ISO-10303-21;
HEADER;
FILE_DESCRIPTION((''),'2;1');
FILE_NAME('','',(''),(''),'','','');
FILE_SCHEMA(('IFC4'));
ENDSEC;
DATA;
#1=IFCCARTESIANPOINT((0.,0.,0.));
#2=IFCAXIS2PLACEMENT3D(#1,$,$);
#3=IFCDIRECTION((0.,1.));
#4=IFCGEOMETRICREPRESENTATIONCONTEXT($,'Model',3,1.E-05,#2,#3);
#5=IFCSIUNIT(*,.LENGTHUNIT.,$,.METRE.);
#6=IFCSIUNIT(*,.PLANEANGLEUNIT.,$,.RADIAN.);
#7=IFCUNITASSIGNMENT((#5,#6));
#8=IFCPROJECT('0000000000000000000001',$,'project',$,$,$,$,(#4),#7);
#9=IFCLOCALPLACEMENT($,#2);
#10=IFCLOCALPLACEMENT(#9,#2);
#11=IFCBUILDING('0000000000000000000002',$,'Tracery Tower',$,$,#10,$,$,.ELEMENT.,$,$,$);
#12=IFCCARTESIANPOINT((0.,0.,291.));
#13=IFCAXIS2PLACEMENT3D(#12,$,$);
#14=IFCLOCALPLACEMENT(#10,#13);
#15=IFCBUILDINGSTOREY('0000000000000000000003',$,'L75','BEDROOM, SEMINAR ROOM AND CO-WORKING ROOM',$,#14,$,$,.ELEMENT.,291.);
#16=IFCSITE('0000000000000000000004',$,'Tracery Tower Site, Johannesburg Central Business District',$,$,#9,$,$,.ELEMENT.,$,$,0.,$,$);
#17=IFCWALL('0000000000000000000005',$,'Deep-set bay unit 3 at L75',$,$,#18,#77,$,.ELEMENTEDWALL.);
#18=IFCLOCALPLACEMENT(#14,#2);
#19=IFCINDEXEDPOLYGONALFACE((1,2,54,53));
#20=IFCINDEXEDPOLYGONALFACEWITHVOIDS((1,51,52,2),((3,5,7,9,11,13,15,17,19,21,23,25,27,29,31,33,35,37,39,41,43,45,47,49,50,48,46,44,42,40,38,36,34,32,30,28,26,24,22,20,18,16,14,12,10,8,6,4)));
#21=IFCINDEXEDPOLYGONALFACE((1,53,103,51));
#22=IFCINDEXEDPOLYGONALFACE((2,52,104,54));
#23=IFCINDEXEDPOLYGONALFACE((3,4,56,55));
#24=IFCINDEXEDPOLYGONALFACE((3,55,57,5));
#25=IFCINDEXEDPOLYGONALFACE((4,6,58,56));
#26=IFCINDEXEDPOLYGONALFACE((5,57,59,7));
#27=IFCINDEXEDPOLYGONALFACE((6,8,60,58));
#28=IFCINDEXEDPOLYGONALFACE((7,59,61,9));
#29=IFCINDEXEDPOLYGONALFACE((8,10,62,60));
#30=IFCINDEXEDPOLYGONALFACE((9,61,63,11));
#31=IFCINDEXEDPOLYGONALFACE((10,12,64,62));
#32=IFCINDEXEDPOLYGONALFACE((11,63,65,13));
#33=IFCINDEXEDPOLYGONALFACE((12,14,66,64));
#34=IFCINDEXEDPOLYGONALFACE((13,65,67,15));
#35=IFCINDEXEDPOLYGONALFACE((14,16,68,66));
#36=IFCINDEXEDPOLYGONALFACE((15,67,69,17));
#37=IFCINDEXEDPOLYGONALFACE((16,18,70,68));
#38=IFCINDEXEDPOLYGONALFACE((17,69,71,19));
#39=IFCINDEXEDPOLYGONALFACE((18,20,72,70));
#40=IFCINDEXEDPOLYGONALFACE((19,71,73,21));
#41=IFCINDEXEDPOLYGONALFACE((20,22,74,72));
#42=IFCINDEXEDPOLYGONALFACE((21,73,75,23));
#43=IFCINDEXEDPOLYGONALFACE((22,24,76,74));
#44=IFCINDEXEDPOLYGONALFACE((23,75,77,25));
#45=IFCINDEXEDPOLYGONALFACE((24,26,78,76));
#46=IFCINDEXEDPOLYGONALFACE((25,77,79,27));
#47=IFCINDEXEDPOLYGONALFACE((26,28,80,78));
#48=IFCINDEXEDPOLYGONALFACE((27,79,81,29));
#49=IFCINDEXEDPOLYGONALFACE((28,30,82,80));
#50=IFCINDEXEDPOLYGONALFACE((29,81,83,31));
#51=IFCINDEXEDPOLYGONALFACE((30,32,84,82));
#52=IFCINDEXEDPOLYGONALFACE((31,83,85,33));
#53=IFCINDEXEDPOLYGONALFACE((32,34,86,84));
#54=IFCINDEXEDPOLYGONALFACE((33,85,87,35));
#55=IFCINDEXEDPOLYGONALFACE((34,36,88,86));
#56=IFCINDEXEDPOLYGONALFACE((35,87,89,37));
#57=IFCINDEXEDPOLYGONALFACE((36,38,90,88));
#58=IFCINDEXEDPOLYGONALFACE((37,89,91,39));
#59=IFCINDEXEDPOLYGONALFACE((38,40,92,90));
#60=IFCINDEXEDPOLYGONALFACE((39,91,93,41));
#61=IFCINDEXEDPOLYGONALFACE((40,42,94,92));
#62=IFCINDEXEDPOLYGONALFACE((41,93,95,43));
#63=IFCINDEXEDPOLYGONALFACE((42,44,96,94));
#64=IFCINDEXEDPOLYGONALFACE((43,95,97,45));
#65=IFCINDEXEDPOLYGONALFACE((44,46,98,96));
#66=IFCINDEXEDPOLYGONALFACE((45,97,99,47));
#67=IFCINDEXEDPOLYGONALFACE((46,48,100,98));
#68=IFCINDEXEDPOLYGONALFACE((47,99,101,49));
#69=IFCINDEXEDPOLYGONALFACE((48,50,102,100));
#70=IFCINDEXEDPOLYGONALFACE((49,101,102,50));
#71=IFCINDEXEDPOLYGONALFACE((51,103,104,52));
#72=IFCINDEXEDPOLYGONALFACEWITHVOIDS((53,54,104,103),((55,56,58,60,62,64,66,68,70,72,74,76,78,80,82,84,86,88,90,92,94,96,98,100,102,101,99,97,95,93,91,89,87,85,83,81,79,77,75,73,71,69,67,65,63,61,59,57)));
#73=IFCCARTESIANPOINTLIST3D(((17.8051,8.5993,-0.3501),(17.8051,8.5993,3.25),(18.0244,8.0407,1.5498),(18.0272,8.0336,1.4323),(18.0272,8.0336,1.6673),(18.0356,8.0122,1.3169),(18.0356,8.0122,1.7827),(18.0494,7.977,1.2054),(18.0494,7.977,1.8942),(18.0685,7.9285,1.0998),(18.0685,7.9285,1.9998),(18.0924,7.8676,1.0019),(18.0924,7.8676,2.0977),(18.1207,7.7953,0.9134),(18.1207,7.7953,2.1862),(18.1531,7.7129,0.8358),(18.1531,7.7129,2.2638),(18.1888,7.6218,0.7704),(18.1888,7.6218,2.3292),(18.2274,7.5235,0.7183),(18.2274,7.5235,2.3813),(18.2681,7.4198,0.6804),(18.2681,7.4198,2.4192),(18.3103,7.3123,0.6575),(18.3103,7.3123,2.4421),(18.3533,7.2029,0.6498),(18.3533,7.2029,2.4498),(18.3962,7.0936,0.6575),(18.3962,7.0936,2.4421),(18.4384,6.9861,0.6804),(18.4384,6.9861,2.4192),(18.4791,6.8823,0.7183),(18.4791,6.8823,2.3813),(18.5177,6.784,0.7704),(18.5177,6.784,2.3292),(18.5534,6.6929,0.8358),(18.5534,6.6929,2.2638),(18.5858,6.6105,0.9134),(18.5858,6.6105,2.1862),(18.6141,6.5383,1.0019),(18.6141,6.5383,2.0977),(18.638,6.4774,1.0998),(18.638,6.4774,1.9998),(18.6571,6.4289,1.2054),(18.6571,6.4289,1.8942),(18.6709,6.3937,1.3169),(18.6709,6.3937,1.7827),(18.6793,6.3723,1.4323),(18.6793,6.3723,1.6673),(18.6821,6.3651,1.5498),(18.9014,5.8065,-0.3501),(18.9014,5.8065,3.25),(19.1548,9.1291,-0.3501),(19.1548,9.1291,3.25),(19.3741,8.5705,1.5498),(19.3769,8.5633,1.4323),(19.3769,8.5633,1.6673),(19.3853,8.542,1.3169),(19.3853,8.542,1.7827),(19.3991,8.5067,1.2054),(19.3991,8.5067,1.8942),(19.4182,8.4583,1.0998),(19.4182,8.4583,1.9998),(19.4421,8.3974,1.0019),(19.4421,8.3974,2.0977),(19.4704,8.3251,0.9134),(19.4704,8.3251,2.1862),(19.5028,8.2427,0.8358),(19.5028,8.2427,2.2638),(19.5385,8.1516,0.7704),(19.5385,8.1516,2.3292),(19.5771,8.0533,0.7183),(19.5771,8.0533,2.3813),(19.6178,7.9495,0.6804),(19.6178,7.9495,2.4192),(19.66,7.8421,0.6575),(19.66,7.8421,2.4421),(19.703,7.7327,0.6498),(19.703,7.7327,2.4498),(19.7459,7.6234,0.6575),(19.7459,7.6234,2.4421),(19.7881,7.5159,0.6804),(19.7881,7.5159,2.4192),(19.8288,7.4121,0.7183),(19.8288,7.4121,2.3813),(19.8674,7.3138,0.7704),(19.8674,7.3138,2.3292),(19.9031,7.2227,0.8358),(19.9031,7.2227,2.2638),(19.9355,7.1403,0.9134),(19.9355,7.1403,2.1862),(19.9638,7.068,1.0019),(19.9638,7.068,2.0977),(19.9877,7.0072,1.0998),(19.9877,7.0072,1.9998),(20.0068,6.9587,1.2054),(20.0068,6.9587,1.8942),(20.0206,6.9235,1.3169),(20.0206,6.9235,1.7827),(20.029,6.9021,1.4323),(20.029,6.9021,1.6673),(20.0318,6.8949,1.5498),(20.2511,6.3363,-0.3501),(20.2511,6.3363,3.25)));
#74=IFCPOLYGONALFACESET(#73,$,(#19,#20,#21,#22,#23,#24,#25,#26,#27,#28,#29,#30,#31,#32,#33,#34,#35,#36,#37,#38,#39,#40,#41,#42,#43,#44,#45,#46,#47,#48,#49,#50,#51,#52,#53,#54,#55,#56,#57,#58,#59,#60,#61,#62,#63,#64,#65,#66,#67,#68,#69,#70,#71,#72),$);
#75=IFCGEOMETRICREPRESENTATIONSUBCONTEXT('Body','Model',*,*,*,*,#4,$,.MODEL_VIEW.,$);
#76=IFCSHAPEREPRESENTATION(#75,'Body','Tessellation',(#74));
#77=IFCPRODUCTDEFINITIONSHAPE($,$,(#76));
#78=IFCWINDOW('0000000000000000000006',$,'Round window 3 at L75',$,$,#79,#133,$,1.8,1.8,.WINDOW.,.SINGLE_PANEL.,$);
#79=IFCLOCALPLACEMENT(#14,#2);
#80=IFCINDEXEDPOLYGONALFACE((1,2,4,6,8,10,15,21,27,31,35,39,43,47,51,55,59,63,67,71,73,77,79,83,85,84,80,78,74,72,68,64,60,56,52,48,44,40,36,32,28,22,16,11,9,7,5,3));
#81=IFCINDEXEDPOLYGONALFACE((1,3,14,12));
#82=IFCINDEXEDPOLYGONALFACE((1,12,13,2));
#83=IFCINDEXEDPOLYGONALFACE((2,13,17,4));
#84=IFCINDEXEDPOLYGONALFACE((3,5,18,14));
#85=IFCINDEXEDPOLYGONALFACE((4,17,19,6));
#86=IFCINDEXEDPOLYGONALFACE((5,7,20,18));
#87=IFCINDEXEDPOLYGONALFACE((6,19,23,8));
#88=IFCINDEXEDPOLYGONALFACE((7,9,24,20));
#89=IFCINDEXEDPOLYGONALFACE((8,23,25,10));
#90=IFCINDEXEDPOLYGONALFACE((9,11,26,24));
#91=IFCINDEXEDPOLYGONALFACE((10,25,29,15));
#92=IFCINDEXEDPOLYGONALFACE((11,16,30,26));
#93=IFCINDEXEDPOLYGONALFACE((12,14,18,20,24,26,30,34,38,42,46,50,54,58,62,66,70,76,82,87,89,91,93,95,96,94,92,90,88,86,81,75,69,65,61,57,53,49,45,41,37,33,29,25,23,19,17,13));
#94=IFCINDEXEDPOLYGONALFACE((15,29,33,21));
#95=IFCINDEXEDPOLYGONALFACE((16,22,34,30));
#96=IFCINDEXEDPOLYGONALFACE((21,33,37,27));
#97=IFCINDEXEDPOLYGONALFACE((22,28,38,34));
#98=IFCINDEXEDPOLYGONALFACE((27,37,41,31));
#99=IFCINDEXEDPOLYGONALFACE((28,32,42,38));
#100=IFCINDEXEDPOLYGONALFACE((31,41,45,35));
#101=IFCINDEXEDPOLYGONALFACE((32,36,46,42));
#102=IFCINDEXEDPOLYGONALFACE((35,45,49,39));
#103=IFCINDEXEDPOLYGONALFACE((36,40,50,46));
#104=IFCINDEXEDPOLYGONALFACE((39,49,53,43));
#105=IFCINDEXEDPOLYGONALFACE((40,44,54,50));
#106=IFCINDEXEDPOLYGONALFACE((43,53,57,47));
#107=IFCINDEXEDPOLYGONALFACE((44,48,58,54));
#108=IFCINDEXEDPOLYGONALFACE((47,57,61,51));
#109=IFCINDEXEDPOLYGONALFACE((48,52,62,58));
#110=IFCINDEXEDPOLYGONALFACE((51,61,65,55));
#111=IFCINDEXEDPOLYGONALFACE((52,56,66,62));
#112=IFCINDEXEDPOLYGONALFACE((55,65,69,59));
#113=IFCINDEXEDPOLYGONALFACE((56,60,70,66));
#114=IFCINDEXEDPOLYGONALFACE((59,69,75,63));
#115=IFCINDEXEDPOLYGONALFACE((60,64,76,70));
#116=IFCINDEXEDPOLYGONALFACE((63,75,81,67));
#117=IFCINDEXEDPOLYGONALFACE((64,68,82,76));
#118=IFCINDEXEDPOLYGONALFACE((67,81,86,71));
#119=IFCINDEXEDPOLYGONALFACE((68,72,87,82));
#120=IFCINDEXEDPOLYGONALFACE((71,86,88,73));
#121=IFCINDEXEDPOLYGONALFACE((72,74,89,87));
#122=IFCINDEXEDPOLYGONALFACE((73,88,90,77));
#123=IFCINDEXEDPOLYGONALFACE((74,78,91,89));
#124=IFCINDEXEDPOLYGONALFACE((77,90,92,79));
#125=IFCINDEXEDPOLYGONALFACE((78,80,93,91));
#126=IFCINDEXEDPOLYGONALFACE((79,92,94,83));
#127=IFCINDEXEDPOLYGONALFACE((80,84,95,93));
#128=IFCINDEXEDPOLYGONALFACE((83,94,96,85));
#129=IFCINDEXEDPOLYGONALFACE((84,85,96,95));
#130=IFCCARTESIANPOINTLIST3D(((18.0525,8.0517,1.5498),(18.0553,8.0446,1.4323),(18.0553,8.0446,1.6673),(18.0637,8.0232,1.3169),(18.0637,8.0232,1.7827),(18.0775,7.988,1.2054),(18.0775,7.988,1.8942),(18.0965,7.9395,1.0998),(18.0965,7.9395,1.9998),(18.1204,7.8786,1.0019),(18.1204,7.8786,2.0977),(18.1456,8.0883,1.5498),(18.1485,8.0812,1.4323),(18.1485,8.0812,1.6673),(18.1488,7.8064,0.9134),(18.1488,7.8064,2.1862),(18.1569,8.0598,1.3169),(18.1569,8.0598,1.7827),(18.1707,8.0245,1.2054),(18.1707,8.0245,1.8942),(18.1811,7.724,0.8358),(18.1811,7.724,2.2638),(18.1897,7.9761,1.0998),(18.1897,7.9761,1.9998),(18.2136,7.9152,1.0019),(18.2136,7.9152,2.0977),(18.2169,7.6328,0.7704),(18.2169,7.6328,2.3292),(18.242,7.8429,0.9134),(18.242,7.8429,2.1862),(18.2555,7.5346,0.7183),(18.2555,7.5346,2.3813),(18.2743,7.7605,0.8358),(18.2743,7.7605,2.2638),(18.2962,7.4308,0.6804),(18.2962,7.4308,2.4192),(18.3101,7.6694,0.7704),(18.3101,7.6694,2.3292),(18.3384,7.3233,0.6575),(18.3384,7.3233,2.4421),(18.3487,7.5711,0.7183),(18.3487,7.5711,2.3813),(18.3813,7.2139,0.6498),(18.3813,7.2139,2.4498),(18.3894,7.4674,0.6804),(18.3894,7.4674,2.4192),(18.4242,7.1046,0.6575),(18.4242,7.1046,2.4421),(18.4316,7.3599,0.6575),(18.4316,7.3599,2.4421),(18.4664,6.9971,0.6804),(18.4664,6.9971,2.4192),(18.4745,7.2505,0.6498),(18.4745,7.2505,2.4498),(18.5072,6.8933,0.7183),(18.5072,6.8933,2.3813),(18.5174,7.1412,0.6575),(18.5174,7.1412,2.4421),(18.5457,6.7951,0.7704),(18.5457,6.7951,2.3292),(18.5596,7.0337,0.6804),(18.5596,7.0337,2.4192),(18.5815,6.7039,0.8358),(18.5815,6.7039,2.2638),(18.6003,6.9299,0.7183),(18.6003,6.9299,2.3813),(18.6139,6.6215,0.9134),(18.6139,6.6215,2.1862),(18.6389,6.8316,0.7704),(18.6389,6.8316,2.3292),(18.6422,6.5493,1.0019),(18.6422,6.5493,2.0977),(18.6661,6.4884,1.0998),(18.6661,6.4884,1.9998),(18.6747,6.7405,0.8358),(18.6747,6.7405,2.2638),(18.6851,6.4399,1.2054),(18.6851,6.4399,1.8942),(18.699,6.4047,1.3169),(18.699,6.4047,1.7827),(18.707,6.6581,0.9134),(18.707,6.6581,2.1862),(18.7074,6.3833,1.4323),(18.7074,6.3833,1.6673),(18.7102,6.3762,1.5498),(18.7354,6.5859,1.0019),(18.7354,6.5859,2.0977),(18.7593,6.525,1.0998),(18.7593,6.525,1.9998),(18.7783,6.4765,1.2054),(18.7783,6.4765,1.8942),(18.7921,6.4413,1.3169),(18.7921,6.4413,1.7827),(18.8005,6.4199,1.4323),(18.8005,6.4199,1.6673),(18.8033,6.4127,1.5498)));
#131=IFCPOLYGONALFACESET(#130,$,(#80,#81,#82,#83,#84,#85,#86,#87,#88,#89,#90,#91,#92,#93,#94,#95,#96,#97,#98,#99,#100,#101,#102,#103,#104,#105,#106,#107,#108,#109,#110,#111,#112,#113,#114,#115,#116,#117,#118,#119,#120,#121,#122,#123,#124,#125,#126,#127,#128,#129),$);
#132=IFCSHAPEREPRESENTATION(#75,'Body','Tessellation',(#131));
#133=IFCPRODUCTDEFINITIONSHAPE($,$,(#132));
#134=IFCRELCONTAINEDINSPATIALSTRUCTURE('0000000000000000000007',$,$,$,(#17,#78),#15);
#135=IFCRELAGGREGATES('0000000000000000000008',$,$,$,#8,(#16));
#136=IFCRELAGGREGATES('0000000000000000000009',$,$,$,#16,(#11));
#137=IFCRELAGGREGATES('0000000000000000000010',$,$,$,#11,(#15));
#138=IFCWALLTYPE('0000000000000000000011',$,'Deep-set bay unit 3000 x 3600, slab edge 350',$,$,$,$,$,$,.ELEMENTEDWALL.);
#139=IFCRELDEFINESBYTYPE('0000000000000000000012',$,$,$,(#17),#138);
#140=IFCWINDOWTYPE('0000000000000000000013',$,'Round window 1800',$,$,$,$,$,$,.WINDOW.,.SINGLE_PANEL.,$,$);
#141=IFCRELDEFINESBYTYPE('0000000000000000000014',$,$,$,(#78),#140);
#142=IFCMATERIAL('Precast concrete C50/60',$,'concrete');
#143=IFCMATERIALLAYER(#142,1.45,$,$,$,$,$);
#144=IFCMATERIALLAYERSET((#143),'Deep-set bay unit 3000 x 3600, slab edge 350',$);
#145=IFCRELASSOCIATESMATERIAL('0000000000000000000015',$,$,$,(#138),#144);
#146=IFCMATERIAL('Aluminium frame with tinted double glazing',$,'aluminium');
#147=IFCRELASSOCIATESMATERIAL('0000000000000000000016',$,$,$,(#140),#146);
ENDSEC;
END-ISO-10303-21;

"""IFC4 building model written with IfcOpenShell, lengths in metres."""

from ifc_helpers import new_model, si_unit, direction, frame, frame_2d, origin, origin_2d, place, context, subcontext, project, spatial, rectangle, circle, extrude, material, layer, layer_set, type_object, element, fill, save


model = new_model("IFC4")

# Units and contexts
model_context = context("Model", 3, precision=1e-05, world=origin(), true_north=direction((0.0, 1.0)))
body_context = subcontext(model_context, "Body", "Model", "MODEL_VIEW")
ifc_project = project(units=[si_unit("LENGTHUNIT", "METRE"), si_unit("PLANEANGLEUNIT", "RADIAN")], contexts=[model_context])

# Site, building, storey
site_placement = place(None, origin())
site = spatial("IfcSite", under=ifc_project, at=site_placement, Name="Tracery Tower Site, Johannesburg Central Business District", CompositionType="ELEMENT", RefElevation=0.0)
building_placement = place(site_placement, origin())
building = spatial("IfcBuilding", under=site, at=building_placement, Name="Tracery Tower", CompositionType="ELEMENT")
storey_placement = place(building_placement, frame((0.0, 0.0, 291.0)))
storey = spatial("IfcBuildingStorey", under=building, at=storey_placement, Name="L75", Description="BEDROOM, SEMINAR ROOM AND CO-WORKING ROOM", CompositionType="ELEMENT", Elevation=291.0)

# Wall, opening, window
ifc_material_1 = material(Name="Precast concrete C50/60", Category="concrete")
ifc_layer_1 = layer(ifc_material_1, 1.45)
ifc_layer_set_1 = layer_set([ifc_layer_1], Name="Deep-set bay unit 3000 x 3600, slab edge 350")
wall_type_1 = type_object("IfcWallType", Name="Deep-set bay unit 3000 x 3600, slab edge 350", PredefinedType="ELEMENTEDWALL", material=ifc_layer_set_1)
wall_1_placement = place(storey_placement, frame((19.5762, 6.0715, -0.3501), z_axis=(0.0, 0.0, 1.0), x_axis=(-0.365378, 0.930859, 0.0)))
wall_1 = element("IfcWall", 1, at=wall_1_placement, inside=storey, type_object=wall_type_1, Name="Deep-set bay unit 3 at L75", PredefinedType="ELEMENTEDWALL", context=body_context, shape_type="SweptSolid", body=[
    extrude(rectangle(XDim=3.0002, YDim=1.45, at=frame_2d((1.5, 0.0))), origin(), (0.0, 0.0, 1.0), 3.6001),
])
opening_1_placement = place(wall_1_placement, frame((1.5, 0.0, 1.8999)))
opening_1 = element("IfcOpeningElement", 2, at=opening_1_placement, cuts=wall_1, PredefinedType="OPENING", context=body_context, shape_type="SweptSolid", body=[
    extrude(circle(Radius=0.9, at=origin_2d()), frame((0.0, 0.7349, 0.0), z_axis=(0.0, -1.0, 0.0), x_axis=(1.0, 0.0, 0.0)), (0.0, 0.0, 1.0), 1.47),
])
ifc_material_2 = material(Name="Aluminium frame with tinted double glazing", Category="aluminium")
window_type = type_object("IfcWindowType", Name="Round window 1800", PartitioningType="SINGLE_PANEL", PredefinedType="WINDOW", material=ifc_material_2)
window_1_placement = place(opening_1_placement, origin())
window_1 = element("IfcWindow", 3, at=window_1_placement, inside=storey, type_object=window_type, Name="Round window 3 at L75", OverallHeight=1.8, OverallWidth=1.8, PartitioningType="SINGLE_PANEL", PredefinedType="WINDOW", context=body_context, shape_type="SweptSolid", body=[
    extrude(circle(Radius=0.9, at=origin_2d()), frame((0.0, 0.6948, 0.0), z_axis=(0.0, -1.0, 0.0), x_axis=(1.0, 0.0, 0.0)), (0.0, 0.0, 1.0), 0.1001),
])
fill(opening_1, window_1)

save(model, "model.ifc")
